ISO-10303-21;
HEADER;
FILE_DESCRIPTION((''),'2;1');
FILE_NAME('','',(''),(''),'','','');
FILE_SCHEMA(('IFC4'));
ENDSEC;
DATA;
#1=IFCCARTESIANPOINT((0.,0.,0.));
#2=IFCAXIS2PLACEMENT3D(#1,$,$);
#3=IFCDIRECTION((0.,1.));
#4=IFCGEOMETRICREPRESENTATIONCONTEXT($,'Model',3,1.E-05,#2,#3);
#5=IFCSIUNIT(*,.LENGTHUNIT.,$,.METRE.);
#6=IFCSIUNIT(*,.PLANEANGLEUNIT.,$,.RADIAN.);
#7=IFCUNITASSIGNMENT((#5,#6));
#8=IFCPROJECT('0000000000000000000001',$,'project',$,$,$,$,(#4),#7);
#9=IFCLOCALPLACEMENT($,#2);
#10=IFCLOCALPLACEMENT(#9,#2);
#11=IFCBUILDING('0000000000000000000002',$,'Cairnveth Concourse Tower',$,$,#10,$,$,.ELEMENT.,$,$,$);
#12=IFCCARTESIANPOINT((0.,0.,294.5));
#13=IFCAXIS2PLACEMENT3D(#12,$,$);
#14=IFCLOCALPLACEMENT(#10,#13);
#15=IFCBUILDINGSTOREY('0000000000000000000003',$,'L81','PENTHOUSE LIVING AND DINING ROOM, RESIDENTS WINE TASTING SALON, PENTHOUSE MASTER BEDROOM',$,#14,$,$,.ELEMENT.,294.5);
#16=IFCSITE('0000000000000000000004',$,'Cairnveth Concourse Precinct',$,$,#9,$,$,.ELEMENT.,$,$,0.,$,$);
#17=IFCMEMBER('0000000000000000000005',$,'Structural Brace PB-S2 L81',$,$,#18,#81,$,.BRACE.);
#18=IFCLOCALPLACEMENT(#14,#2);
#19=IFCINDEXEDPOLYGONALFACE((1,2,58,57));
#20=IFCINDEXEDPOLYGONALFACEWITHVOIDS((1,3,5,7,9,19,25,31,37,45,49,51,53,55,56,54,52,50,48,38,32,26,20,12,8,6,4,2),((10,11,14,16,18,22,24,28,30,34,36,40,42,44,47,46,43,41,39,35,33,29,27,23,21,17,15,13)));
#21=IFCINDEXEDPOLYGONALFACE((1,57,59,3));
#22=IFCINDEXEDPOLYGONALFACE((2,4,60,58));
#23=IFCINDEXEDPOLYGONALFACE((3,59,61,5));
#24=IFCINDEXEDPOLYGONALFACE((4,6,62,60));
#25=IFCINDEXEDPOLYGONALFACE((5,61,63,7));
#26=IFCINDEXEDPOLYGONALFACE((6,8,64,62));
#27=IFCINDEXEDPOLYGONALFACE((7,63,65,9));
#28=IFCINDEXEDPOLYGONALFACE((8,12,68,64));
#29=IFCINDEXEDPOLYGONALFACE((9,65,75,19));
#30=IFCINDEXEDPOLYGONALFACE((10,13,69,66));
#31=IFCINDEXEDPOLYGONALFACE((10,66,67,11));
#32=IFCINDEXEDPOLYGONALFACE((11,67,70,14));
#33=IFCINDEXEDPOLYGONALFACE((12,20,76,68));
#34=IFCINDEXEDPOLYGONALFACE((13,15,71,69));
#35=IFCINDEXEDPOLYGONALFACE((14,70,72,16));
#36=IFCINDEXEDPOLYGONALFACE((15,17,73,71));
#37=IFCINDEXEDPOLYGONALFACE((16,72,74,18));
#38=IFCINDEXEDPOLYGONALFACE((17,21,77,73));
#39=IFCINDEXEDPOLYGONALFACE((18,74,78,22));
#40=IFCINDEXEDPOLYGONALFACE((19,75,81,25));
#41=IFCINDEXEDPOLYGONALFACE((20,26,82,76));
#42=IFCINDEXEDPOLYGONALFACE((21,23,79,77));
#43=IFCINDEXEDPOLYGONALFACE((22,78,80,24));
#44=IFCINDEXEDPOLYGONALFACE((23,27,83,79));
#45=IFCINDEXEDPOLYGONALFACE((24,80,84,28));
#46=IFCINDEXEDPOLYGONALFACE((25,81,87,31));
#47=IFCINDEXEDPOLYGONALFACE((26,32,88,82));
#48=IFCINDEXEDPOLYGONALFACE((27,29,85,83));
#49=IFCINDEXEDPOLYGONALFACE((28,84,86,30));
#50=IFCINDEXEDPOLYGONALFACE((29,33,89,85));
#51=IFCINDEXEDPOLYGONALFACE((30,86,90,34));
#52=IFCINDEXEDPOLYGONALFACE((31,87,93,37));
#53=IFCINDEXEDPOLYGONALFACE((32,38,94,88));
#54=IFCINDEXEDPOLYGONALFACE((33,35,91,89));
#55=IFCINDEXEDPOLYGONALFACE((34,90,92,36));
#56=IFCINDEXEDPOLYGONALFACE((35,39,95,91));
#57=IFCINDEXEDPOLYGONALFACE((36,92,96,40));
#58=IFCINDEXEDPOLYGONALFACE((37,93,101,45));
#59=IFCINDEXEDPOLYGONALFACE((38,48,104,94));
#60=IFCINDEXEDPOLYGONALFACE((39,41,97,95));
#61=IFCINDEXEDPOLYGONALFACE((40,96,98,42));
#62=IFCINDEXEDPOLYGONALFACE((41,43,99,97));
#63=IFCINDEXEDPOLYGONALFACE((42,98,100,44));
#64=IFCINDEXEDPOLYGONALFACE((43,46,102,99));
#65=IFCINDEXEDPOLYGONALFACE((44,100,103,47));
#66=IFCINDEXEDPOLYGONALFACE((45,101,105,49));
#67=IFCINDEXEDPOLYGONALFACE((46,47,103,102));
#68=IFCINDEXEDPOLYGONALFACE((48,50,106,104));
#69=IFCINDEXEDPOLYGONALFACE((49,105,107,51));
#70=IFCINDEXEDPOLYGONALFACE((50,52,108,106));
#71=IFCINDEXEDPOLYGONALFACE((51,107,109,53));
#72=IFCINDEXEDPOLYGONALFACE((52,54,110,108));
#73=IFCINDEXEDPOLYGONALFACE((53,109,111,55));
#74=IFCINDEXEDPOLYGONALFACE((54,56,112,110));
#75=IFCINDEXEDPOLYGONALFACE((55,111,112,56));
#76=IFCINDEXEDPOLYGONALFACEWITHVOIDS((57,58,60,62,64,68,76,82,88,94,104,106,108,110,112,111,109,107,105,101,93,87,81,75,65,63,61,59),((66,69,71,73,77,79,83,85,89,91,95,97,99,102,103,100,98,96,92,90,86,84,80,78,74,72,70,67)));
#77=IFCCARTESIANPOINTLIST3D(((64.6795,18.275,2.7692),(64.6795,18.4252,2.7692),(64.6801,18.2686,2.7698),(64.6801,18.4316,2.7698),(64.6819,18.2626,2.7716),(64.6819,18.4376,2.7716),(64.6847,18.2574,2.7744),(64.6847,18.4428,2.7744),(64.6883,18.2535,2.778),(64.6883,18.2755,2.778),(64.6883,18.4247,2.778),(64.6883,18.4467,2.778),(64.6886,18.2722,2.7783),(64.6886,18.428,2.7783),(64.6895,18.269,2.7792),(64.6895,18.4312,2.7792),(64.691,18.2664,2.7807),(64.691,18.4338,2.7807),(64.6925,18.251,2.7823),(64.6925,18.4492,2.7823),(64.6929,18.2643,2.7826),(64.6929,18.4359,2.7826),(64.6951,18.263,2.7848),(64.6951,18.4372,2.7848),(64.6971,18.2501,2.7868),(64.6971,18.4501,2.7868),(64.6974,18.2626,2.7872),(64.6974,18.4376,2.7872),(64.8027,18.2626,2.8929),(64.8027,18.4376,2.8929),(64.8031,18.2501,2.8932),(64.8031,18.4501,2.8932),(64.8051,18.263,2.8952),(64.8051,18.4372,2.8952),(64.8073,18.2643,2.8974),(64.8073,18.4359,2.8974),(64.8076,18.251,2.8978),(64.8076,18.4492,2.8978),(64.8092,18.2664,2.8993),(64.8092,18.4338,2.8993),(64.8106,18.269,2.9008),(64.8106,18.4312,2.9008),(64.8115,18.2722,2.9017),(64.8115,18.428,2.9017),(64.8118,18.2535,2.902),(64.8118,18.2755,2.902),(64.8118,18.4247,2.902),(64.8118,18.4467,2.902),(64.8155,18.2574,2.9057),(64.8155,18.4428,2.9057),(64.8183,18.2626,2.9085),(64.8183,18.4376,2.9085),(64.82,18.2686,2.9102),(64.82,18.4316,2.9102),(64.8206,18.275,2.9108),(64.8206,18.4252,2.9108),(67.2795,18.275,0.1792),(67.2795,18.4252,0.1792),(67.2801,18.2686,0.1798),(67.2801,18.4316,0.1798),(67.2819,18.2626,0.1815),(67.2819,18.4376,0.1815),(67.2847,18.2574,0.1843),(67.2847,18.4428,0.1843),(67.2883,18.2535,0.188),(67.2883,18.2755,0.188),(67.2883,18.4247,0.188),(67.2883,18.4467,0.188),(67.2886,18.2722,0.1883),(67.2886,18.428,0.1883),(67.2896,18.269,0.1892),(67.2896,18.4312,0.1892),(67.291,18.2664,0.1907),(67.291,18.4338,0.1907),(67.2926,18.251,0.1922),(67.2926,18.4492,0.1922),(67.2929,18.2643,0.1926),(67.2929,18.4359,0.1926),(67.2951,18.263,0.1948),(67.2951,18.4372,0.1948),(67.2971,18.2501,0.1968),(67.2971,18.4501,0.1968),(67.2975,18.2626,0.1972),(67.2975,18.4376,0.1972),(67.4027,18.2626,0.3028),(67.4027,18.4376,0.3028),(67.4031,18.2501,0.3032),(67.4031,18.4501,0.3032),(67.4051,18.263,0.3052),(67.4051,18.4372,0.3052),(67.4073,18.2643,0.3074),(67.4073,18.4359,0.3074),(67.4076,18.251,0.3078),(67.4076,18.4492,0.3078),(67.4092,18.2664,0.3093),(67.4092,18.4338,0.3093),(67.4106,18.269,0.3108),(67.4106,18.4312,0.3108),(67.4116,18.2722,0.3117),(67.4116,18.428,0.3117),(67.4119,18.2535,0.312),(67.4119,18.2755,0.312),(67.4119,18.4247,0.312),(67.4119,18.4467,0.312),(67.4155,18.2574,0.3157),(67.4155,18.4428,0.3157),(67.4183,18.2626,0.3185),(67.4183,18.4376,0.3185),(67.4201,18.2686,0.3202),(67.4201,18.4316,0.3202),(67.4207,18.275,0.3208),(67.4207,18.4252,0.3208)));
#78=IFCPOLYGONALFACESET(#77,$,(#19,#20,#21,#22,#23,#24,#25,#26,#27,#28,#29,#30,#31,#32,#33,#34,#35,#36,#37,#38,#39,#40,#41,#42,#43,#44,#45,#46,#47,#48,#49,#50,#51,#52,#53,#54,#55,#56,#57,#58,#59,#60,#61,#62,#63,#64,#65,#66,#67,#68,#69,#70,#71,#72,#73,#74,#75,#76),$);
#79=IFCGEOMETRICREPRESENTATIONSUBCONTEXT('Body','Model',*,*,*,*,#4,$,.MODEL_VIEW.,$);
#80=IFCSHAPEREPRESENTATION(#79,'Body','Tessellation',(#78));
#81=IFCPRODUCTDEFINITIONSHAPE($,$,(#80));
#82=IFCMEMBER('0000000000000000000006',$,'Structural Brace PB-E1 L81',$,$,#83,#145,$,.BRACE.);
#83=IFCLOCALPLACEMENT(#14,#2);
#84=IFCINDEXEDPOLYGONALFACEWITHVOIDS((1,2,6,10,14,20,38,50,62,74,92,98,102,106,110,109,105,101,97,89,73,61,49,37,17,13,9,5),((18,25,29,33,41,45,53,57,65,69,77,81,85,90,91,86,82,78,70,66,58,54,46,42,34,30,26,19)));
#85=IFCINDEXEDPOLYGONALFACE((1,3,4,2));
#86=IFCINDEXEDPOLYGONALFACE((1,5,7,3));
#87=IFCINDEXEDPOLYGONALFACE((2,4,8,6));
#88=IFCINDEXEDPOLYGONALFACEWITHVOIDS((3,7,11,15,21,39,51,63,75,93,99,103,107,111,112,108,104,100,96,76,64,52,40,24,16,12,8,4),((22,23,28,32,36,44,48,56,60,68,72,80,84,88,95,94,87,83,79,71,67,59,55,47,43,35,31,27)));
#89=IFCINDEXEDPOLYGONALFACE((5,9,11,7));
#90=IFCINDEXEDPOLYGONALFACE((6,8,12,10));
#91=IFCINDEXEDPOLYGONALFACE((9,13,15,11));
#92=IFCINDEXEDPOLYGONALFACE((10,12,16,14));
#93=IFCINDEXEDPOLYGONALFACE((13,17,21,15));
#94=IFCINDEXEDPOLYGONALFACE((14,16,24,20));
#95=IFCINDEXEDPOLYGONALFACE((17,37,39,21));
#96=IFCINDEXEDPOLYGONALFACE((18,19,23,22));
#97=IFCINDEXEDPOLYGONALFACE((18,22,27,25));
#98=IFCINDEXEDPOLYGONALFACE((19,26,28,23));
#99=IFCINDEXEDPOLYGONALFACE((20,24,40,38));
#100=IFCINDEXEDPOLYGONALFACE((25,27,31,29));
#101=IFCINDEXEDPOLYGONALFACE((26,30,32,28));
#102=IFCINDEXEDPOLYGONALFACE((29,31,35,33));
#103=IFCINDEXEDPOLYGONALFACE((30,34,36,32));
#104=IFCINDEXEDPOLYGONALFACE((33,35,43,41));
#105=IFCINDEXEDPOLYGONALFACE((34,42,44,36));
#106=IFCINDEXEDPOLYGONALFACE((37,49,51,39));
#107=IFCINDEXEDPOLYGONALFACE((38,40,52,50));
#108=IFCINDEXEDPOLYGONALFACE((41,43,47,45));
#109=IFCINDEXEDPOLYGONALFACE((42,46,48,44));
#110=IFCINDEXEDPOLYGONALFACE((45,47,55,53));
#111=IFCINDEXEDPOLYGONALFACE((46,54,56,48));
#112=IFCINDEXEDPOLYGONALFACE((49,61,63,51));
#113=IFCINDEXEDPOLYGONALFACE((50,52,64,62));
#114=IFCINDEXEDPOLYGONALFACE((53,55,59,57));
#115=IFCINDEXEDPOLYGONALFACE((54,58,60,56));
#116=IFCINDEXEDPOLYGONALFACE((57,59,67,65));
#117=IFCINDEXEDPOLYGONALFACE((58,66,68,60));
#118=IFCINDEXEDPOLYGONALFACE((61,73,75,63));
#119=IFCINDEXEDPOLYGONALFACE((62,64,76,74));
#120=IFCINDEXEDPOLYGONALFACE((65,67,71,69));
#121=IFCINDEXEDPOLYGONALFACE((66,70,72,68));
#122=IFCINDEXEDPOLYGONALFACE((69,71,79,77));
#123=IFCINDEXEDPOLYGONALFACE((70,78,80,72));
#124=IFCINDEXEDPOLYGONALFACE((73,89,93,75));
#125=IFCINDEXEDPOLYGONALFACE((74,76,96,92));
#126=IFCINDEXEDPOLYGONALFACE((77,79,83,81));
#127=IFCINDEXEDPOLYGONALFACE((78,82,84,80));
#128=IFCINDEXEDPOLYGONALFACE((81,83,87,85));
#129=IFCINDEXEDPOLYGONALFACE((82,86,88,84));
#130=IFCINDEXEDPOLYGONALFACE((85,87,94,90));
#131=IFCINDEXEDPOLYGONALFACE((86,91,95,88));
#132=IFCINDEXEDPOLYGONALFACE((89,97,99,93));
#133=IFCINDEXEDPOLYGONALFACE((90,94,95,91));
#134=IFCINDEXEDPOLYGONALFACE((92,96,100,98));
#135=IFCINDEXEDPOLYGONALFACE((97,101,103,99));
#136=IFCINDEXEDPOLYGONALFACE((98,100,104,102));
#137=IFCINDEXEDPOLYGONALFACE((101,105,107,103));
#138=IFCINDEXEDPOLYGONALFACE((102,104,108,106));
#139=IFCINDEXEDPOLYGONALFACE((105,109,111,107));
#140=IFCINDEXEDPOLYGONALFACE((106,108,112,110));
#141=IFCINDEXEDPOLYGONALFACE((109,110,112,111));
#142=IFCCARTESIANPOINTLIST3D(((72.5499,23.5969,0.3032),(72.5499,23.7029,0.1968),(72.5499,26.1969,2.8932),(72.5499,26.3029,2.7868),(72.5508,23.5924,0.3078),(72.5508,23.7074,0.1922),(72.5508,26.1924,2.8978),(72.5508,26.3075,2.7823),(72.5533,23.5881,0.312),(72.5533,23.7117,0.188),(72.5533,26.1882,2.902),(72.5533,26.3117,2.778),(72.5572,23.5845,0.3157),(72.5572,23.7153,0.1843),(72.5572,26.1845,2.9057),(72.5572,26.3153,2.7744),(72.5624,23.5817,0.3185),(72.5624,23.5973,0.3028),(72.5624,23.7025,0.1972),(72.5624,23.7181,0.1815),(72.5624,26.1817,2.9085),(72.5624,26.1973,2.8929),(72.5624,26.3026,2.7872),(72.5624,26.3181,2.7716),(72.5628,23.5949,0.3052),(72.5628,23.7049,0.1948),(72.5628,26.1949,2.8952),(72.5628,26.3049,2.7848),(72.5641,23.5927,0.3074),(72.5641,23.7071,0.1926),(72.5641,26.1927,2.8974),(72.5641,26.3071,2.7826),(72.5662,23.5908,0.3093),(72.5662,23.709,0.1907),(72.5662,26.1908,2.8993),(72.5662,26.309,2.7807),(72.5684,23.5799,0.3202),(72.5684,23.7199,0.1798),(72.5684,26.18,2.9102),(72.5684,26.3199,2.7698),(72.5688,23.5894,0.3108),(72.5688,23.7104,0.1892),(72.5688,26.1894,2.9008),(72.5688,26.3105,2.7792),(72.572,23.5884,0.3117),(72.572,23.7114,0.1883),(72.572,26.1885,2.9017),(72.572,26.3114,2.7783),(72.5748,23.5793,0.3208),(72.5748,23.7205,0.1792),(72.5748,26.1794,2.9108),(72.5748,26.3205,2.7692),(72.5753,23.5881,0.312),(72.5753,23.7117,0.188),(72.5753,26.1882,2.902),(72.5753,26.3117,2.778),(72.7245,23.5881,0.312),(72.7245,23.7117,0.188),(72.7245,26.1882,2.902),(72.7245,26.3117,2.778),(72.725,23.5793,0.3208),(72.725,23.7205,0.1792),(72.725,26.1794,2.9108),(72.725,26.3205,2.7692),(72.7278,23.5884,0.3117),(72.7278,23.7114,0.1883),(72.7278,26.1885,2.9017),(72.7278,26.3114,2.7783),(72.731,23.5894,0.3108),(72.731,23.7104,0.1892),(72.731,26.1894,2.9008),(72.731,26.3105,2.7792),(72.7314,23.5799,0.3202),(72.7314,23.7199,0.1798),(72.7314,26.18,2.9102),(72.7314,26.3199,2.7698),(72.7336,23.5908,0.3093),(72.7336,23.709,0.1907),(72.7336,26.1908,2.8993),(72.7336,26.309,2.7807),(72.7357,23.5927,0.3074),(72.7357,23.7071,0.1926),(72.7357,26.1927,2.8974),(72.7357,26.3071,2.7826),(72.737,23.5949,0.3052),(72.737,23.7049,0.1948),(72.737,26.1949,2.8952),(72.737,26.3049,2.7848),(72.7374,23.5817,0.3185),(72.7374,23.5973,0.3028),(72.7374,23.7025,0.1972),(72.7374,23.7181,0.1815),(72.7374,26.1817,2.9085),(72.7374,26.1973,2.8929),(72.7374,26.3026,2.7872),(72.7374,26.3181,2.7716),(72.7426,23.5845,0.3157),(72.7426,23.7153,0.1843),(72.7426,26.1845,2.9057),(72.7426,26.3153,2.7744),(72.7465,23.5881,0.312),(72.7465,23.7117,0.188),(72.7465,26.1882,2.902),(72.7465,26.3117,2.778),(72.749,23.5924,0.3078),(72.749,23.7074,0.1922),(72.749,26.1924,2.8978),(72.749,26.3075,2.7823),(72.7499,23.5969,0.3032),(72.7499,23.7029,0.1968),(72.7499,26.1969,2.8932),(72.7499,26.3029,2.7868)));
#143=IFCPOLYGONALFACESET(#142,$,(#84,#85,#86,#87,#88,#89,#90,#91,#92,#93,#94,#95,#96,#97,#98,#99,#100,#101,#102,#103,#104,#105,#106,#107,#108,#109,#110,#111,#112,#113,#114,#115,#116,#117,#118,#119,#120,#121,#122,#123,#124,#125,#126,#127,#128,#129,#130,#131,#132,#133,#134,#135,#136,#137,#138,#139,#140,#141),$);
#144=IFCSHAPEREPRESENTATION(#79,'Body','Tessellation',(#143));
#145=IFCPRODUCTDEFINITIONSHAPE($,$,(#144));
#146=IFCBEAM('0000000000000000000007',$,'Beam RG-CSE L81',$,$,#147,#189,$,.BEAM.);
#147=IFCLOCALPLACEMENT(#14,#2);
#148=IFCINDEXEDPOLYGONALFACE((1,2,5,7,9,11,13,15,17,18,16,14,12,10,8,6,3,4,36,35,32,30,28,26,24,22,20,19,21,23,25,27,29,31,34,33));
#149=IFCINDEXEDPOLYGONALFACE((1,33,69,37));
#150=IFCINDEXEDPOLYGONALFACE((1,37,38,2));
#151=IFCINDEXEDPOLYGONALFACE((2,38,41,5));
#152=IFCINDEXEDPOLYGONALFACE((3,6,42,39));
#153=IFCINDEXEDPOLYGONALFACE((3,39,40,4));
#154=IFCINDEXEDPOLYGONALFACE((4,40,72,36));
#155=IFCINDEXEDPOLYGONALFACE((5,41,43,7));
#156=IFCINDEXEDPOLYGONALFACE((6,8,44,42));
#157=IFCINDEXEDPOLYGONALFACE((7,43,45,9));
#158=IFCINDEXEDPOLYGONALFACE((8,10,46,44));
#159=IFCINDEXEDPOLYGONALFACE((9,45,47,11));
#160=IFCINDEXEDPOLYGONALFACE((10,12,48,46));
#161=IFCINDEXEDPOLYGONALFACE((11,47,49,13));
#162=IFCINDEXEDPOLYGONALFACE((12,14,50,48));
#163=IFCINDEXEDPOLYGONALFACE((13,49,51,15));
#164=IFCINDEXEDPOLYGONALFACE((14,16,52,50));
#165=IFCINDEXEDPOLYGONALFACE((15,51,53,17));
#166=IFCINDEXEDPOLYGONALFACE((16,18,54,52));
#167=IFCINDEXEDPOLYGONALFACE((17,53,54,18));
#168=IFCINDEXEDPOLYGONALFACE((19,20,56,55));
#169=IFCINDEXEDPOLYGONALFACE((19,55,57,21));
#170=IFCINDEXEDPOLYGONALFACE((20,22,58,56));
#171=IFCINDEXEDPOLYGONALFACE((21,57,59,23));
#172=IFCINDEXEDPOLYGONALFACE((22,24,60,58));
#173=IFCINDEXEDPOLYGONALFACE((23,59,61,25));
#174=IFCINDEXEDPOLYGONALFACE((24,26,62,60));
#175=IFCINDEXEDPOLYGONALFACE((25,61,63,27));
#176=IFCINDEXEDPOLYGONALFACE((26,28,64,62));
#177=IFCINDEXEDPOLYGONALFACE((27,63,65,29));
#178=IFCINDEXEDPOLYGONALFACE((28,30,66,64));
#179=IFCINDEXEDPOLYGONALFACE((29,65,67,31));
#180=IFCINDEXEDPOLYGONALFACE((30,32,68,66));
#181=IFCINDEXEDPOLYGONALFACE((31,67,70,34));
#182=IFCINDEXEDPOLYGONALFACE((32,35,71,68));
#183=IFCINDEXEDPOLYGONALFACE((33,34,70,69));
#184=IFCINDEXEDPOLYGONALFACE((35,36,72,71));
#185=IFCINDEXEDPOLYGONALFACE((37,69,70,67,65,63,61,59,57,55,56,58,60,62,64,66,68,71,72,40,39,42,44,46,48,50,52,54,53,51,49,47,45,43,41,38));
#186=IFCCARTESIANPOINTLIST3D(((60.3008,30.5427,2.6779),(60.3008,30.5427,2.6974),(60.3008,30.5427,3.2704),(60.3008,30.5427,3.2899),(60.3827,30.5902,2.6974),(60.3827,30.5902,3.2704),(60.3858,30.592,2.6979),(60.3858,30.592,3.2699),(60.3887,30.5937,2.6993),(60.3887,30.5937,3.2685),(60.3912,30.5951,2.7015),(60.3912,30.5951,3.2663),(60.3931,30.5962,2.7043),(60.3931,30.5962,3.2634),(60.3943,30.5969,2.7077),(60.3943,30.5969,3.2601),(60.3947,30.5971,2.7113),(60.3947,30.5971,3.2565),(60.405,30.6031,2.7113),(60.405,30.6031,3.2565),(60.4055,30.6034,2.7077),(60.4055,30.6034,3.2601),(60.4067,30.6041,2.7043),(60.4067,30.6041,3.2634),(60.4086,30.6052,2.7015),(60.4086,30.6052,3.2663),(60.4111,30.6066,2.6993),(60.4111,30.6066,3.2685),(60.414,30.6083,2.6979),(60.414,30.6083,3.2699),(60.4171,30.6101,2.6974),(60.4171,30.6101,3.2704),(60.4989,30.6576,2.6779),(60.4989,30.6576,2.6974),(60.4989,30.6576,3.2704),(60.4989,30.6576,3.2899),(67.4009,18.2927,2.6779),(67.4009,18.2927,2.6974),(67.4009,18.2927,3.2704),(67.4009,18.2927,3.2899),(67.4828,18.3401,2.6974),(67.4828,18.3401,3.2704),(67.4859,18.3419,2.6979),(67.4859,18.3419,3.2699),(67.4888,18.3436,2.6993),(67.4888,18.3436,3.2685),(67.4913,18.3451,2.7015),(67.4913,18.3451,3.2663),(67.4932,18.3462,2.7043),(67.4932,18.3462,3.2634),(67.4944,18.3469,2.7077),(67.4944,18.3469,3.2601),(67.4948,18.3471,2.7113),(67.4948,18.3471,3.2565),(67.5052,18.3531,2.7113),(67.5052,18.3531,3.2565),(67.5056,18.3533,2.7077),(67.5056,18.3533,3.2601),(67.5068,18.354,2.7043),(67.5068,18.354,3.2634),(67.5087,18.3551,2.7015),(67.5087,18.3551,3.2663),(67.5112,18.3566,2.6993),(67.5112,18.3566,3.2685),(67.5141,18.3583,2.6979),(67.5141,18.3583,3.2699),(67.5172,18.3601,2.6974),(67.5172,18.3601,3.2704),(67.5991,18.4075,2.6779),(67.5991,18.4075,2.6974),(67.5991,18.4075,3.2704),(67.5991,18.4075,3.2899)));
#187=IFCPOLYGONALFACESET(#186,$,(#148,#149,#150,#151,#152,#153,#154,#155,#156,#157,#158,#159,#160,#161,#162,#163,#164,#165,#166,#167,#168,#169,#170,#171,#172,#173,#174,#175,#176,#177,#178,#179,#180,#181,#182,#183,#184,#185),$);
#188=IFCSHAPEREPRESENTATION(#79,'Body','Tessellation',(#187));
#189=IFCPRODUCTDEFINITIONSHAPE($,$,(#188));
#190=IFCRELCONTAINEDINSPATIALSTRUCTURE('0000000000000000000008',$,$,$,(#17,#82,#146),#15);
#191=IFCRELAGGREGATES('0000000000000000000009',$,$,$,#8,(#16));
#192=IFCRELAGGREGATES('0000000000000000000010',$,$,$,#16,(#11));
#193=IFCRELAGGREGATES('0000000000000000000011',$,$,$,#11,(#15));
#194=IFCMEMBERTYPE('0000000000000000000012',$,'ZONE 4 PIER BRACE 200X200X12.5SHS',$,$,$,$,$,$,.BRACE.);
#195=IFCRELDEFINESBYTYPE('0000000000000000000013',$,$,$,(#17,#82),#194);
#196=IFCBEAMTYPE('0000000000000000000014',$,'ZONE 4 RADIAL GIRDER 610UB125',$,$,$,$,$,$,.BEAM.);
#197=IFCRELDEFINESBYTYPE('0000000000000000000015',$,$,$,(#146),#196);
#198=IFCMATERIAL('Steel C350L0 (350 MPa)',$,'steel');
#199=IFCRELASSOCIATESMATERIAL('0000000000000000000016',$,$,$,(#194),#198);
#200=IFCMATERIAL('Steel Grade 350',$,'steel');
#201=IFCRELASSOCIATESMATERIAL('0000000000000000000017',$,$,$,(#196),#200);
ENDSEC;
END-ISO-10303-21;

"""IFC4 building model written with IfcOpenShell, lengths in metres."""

from ifc_helpers import new_model, si_unit, direction, frame, origin, origin_2d, place, context, subcontext, project, spatial, hollow_rectangle, i_section, extrude, material, material_profile, profile_set, type_object, element, save


model = new_model("IFC4")

# Units and contexts
model_context = context("Model", 3, precision=1e-05, world=origin(), true_north=direction((0.0, 1.0)))
body_context = subcontext(model_context, "Body", "Model", "MODEL_VIEW")
ifc_project = project(units=[si_unit("LENGTHUNIT", "METRE"), si_unit("PLANEANGLEUNIT", "RADIAN")], contexts=[model_context])

# Site, building, storey
site_placement = place(None, origin())
site = spatial("IfcSite", under=ifc_project, at=site_placement, Name="Cairnveth Concourse Precinct", CompositionType="ELEMENT", RefElevation=0.0)
building_placement = place(site_placement, origin())
building = spatial("IfcBuilding", under=site, at=building_placement, Name="Cairnveth Concourse Tower", CompositionType="ELEMENT")
storey_placement = place(building_placement, frame((0.0, 0.0, 294.5)))
storey = spatial("IfcBuildingStorey", under=building, at=storey_placement, Name="L81", Description="PENTHOUSE LIVING AND DINING ROOM, RESIDENTS WINE TASTING SALON, PENTHOUSE MASTER BEDROOM", CompositionType="ELEMENT", Elevation=294.5)

# Shared definitions
ifc_material_1 = material(Name="Steel Grade 350", Category="steel")

# Members
ifc_material_2 = material(Name="Steel C350L0 (350 MPa)", Category="steel")
ifc_material_profile_1 = material_profile(ifc_material_2, hollow_rectangle(XDim=0.2, YDim=0.2, WallThickness=0.0125, InnerFilletRadius=0.0129, OuterFilletRadius=0.0249, at=origin_2d()), Name="200x200x12.5SHS")
ifc_profile_set_1 = profile_set([ifc_material_profile_1], Name="Steel C350L0 (350 MPa)")
member_type = type_object("IfcMemberType", Name="ZONE 4 PIER BRACE 200X200X12.5SHS", PredefinedType="BRACE", material=ifc_profile_set_1)
for number, where, z_axis, x_axis, name in (
    (1, (67.3501, 18.3501, 0.25), (-0.708469, 0.0, 0.705742), (0.0, -1.0, 0.0), "Structural Brace PB-S2 L81"),
    (2, (72.6499, 23.6499, 0.25), (0.0, 0.708469, 0.705742), (-1.0, 0.0, 0.0), "Structural Brace PB-E1 L81"),
):
    element("IfcMember", number, at=place(storey_placement, frame(where, z_axis=z_axis, x_axis=x_axis)), inside=storey, type_object=member_type, Name=name, PredefinedType="BRACE", context=body_context, shape_type="SweptSolid", body=[
        extrude(hollow_rectangle(XDim=0.2, YDim=0.2, WallThickness=0.0125, InnerFilletRadius=0.0129, OuterFilletRadius=0.0249, at=origin_2d()), origin(), (0.0, 0.0, 1.0), 3.6699),
    ])

# Beam
ifc_material_profile_2 = material_profile(ifc_material_1, i_section(OverallWidth=0.229, OverallDepth=0.6121, WebThickness=0.012, FlangeThickness=0.0195, FilletRadius=0.0139, at=origin_2d()), Name="610UB125")
ifc_profile_set_2 = profile_set([ifc_material_profile_2], Name="Steel Grade 350")
beam_type_1 = type_object("IfcBeamType", Name="ZONE 4 RADIAL GIRDER 610UB125", PredefinedType="BEAM", material=ifc_profile_set_2)
beam_1_placement = place(storey_placement, frame((67.5, 18.3501, 2.9839), z_axis=(-0.501459, 0.865181, 0.0), x_axis=(-0.865181, -0.501459, 0.0)))
element("IfcBeam", 3, at=beam_1_placement, inside=storey, type_object=beam_type_1, Name="Beam RG-CSE L81", PredefinedType="BEAM", context=body_context, shape_type="SweptSolid", body=[
    extrude(i_section(OverallWidth=0.229, OverallDepth=0.6121, WebThickness=0.012, FlangeThickness=0.0195, FilletRadius=0.0139, at=origin_2d()), origin(), (0.0, 0.0, 1.0), 14.1589),
])

save(model, "model.ifc")
